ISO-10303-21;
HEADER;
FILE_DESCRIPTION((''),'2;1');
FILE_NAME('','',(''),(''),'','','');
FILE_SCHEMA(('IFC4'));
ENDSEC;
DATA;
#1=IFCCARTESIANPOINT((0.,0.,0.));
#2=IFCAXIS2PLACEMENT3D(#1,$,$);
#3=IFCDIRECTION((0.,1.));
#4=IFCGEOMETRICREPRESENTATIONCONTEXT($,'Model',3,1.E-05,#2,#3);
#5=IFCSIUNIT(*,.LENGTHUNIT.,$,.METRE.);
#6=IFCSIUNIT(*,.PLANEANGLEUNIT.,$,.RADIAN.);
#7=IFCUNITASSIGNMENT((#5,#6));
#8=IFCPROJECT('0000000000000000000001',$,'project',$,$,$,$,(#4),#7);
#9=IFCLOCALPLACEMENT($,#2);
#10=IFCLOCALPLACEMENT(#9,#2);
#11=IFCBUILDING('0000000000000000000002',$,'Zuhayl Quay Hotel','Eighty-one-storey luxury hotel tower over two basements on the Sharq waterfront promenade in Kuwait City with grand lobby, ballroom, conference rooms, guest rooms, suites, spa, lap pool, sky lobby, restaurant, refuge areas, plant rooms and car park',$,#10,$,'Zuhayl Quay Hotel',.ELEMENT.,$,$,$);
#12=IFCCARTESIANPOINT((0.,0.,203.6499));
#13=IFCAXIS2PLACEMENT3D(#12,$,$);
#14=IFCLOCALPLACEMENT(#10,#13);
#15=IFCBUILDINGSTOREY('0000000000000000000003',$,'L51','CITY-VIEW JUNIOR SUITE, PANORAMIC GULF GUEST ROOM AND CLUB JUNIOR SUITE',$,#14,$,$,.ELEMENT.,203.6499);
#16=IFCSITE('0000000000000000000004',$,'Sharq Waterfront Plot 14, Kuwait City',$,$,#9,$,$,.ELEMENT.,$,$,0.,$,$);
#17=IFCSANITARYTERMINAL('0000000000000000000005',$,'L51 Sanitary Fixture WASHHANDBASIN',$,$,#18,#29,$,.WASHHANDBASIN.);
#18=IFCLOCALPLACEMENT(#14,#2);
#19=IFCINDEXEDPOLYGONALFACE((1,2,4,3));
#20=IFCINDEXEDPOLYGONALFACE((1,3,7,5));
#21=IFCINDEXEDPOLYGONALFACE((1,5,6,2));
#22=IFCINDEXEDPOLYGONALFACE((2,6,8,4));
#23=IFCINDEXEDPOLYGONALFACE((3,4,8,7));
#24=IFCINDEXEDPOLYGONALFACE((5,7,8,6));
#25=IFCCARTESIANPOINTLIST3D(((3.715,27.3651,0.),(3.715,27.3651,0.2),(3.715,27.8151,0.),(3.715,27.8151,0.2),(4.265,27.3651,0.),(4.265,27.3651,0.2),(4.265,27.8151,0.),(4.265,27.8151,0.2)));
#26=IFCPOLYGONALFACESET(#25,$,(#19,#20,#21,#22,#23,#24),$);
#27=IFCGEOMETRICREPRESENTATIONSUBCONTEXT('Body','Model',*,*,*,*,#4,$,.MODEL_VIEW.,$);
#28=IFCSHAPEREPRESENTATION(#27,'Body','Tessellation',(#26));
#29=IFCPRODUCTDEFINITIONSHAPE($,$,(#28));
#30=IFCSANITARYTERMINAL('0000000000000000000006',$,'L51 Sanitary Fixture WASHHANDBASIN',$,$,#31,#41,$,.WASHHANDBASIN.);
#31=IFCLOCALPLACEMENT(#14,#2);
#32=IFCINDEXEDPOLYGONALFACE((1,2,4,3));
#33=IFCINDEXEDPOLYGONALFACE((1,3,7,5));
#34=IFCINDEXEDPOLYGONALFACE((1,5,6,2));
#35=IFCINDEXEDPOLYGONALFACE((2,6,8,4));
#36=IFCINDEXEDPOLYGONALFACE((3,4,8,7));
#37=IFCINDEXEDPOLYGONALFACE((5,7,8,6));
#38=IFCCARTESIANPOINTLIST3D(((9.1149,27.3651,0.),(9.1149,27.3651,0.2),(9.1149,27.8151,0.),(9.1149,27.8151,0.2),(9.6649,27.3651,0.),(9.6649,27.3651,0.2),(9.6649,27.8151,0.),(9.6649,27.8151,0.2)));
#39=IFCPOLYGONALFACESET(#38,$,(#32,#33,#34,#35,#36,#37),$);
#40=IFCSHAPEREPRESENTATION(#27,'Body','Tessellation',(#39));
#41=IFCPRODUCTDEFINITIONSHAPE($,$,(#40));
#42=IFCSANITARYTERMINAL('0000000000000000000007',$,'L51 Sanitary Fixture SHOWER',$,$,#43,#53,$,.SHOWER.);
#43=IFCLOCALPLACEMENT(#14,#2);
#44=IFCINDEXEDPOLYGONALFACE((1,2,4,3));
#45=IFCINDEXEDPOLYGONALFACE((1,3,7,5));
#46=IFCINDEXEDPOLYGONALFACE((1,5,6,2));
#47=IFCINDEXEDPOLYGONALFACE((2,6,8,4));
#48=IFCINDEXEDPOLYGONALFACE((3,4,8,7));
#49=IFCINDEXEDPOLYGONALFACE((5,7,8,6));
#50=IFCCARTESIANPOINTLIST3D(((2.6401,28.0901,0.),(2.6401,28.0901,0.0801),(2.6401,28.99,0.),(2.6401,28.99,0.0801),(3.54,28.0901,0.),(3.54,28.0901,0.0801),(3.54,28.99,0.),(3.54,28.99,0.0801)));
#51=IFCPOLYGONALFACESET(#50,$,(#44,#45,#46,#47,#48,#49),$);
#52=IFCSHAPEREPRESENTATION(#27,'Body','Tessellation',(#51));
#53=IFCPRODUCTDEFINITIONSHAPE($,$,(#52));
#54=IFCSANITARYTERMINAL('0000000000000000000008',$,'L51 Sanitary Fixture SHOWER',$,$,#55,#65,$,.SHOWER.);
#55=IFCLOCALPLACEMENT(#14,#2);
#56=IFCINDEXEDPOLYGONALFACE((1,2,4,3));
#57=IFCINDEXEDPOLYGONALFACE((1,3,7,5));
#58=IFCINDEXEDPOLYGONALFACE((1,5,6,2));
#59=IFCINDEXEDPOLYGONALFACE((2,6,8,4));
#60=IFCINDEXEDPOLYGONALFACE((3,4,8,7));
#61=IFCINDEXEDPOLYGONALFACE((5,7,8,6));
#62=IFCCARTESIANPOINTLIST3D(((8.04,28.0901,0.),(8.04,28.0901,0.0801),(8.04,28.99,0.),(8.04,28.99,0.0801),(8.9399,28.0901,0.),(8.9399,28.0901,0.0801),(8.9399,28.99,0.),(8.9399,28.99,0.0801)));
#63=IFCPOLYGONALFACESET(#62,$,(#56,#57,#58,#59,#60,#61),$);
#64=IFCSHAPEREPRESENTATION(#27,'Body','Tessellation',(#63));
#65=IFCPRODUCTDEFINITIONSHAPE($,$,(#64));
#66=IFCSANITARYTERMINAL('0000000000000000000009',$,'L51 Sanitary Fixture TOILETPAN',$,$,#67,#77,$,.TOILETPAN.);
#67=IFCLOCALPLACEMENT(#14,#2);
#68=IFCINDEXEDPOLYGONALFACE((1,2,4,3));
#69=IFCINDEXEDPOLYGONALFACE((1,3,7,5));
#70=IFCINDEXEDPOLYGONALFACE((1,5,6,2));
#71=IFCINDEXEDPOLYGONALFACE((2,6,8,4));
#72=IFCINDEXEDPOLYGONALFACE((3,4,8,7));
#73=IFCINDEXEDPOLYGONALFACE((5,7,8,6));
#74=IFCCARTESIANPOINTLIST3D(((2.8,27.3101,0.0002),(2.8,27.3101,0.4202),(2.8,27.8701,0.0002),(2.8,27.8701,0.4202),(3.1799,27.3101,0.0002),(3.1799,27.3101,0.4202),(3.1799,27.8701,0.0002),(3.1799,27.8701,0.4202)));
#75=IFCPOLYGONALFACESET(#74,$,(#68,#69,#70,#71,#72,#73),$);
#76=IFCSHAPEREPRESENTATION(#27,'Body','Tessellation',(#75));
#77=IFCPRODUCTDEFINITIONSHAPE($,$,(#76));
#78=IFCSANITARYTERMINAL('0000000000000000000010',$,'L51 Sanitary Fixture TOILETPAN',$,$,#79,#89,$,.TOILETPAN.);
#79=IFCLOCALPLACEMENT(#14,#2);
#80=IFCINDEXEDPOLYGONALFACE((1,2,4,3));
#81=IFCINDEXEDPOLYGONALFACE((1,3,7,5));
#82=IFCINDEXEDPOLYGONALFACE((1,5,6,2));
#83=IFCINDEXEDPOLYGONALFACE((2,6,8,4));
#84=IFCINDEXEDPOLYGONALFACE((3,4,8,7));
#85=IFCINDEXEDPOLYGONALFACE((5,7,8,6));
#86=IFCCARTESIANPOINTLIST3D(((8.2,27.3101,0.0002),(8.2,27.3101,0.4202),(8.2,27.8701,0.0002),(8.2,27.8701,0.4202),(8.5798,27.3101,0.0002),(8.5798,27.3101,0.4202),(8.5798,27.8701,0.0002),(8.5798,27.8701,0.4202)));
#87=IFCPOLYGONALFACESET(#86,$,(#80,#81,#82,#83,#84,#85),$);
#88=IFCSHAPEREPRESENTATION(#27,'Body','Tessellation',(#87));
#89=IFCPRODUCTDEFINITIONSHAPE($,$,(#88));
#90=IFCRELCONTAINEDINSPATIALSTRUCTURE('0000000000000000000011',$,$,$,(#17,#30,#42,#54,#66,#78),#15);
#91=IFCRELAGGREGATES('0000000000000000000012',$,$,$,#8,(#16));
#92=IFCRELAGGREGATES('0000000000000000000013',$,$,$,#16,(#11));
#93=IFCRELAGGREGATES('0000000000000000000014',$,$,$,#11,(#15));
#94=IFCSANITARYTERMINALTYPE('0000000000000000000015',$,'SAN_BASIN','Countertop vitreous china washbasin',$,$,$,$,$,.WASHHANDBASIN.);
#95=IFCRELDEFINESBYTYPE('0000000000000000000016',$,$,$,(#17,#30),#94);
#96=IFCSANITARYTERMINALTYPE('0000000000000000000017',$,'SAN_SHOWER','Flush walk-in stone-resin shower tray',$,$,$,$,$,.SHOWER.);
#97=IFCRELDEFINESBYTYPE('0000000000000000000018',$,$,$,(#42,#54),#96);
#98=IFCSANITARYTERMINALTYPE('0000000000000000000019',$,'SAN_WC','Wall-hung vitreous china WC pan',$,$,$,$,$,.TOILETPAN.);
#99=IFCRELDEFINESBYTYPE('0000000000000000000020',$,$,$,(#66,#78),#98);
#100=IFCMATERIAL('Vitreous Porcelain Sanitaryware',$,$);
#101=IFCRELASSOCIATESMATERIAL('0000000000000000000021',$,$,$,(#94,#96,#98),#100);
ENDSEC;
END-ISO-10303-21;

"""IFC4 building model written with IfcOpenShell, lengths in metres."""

from ifc_helpers import new_model, si_unit, direction, frame, origin, origin_2d, place, context, subcontext, project, spatial, rectangle, extrude, material, type_object, element, save


model = new_model("IFC4")

# Units and contexts
model_context = context("Model", 3, precision=1e-05, world=origin(), true_north=direction((0.0, 1.0)))
body_context = subcontext(model_context, "Body", "Model", "MODEL_VIEW")
ifc_project = project(units=[si_unit("LENGTHUNIT", "METRE"), si_unit("PLANEANGLEUNIT", "RADIAN")], contexts=[model_context])

# Site, building, storey
site_placement = place(None, origin())
site = spatial("IfcSite", under=ifc_project, at=site_placement, Name="Sharq Waterfront Plot 14, Kuwait City", CompositionType="ELEMENT", RefElevation=0.0)
building_placement = place(site_placement, origin())
building = spatial("IfcBuilding", under=site, at=building_placement, Name="Zuhayl Quay Hotel", Description="Eighty-one-storey luxury hotel tower over two basements on the Sharq waterfront promenade in Kuwait City with grand lobby, ballroom, conference rooms, guest rooms, suites, spa, lap pool, sky lobby, restaurant, refuge areas, plant rooms and car park", LongName="Zuhayl Quay Hotel", CompositionType="ELEMENT")
storey_placement = place(building_placement, frame((0.0, 0.0, 203.6499)))
storey = spatial("IfcBuildingStorey", under=building, at=storey_placement, Name="L51", Description="CITY-VIEW JUNIOR SUITE, PANORAMIC GULF GUEST ROOM AND CLUB JUNIOR SUITE", CompositionType="ELEMENT", Elevation=203.6499)

# Sanitary terminals
ifc_material_1 = material(Name="Vitreous Porcelain Sanitaryware")
sanitary_terminal_type_1 = type_object("IfcSanitaryTerminalType", Name="SAN_BASIN", Description="Countertop vitreous china washbasin", PredefinedType="WASHHANDBASIN", material=ifc_material_1)
for number, where, z_axis, x_axis, name in (
    (1, (3.99, 27.5901, 0.0), (0.0, 0.0, 1.0), (1.0, 0.0, 0.0), "L51 Sanitary Fixture WASHHANDBASIN"),
    (2, (9.3899, 27.5901, 0.0), (0.0, 0.0, 1.0), (1.0, 0.0, 0.0), "L51 Sanitary Fixture WASHHANDBASIN"),
):
    element("IfcSanitaryTerminal", number, at=place(storey_placement, frame(where, z_axis=z_axis, x_axis=x_axis)), inside=storey, type_object=sanitary_terminal_type_1, Name=name, PredefinedType="WASHHANDBASIN", context=body_context, shape_type="SweptSolid", body=[
        extrude(rectangle(XDim=0.55, YDim=0.45, at=origin_2d()), origin(), (0.0, 0.0, 1.0), 0.2),
    ])
sanitary_terminal_type_2 = type_object("IfcSanitaryTerminalType", Name="SAN_SHOWER", Description="Flush walk-in stone-resin shower tray", PredefinedType="SHOWER", material=ifc_material_1)
for number, where, z_axis, x_axis, name in (
    (3, (3.0901, 28.54, 0.0), (0.0, 0.0, 1.0), (1.0, 0.0, 0.0), "L51 Sanitary Fixture SHOWER"),
    (4, (8.49, 28.54, 0.0), (0.0, 0.0, 1.0), (1.0, 0.0, 0.0), "L51 Sanitary Fixture SHOWER"),
):
    element("IfcSanitaryTerminal", number, at=place(storey_placement, frame(where, z_axis=z_axis, x_axis=x_axis)), inside=storey, type_object=sanitary_terminal_type_2, Name=name, PredefinedType="SHOWER", context=body_context, shape_type="SweptSolid", body=[
        extrude(rectangle(XDim=0.8999, YDim=0.8999, at=origin_2d()), origin(), (0.0, 0.0, 1.0), 0.0801),
    ])
sanitary_terminal_type_3 = type_object("IfcSanitaryTerminalType", Name="SAN_WC", Description="Wall-hung vitreous china WC pan", PredefinedType="TOILETPAN", material=ifc_material_1)
for number, where, z_axis, x_axis, name in (
    (5, (2.99, 27.5901, 0.0002), (0.0, 0.0, 1.0), (1.0, 0.0, 0.0), "L51 Sanitary Fixture TOILETPAN"),
    (6, (8.3899, 27.5901, 0.0002), (0.0, 0.0, 1.0), (1.0, 0.0, 0.0), "L51 Sanitary Fixture TOILETPAN"),
):
    element("IfcSanitaryTerminal", number, at=place(storey_placement, frame(where, z_axis=z_axis, x_axis=x_axis)), inside=storey, type_object=sanitary_terminal_type_3, Name=name, PredefinedType="TOILETPAN", context=body_context, shape_type="SweptSolid", body=[
        extrude(rectangle(XDim=0.3799, YDim=0.5601, at=origin_2d()), origin(), (0.0, 0.0, 1.0), 0.4199),
    ])

save(model, "model.ifc")
